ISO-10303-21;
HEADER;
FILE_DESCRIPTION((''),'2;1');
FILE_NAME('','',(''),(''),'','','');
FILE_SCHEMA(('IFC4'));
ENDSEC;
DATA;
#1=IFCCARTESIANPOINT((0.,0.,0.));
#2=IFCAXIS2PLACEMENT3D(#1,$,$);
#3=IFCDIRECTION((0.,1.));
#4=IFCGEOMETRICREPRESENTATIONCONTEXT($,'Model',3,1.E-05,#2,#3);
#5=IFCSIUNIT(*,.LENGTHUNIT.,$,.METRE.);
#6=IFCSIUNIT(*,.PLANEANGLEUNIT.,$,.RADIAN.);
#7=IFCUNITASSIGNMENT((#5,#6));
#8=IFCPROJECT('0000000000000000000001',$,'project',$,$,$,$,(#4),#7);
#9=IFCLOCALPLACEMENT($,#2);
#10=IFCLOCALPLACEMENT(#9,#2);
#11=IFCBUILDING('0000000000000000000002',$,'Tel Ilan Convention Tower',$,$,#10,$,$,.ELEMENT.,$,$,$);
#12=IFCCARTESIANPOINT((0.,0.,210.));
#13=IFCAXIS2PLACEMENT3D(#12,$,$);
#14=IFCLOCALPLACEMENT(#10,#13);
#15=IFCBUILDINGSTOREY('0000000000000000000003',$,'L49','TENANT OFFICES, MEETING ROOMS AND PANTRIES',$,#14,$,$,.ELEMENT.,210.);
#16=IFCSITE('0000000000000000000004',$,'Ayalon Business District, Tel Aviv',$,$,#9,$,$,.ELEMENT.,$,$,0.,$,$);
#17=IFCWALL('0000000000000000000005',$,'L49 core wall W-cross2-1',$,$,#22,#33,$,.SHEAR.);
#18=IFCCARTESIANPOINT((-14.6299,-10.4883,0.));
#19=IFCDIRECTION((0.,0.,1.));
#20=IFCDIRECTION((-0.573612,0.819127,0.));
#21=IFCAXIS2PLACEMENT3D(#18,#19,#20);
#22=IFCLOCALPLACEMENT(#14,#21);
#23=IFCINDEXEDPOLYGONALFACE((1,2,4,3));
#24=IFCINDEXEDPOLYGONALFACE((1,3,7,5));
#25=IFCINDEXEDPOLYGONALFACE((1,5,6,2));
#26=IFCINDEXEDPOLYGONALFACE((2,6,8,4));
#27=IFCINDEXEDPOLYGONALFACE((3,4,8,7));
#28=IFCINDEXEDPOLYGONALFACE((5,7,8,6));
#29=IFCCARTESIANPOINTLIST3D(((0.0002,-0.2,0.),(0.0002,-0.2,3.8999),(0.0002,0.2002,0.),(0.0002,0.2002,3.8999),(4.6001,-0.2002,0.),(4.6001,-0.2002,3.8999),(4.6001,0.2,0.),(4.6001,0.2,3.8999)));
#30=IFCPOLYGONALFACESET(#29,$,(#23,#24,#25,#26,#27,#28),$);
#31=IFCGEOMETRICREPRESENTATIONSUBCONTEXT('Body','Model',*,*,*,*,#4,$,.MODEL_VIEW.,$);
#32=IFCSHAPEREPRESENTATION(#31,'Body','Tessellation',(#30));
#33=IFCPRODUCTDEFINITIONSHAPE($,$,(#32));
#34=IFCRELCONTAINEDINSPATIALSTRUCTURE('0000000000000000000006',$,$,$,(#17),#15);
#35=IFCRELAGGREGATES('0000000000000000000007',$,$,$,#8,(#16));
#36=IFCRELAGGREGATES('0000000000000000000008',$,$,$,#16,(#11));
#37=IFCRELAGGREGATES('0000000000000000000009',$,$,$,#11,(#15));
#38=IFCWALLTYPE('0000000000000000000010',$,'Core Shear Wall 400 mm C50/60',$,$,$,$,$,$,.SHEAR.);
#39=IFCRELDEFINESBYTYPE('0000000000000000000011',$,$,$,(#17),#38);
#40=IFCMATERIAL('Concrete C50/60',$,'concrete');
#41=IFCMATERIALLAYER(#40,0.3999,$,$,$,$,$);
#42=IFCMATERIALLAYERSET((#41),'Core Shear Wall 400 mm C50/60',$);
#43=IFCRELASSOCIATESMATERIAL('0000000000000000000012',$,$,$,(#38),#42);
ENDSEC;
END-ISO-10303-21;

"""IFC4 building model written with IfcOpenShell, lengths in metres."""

from ifc_helpers import new_model, si_unit, direction, frame, origin, place, context, subcontext, project, spatial, polyline, outline, extrude, material, layer, layer_set, type_object, element, save


model = new_model("IFC4")

# Units and contexts
model_context = context("Model", 3, precision=1e-05, world=origin(), true_north=direction((0.0, 1.0)))
body_context = subcontext(model_context, "Body", "Model", "MODEL_VIEW")
ifc_project = project(units=[si_unit("LENGTHUNIT", "METRE"), si_unit("PLANEANGLEUNIT", "RADIAN")], contexts=[model_context])

# Site, building, storey
site_placement = place(None, origin())
site = spatial("IfcSite", under=ifc_project, at=site_placement, Name="Ayalon Business District, Tel Aviv", CompositionType="ELEMENT", RefElevation=0.0)
building_placement = place(site_placement, origin())
building = spatial("IfcBuilding", under=site, at=building_placement, Name="Tel Ilan Convention Tower", CompositionType="ELEMENT")
storey_placement = place(building_placement, frame((0.0, 0.0, 210.0)))
storey = spatial("IfcBuildingStorey", under=building, at=storey_placement, Name="L49", Description="TENANT OFFICES, MEETING ROOMS AND PANTRIES", CompositionType="ELEMENT", Elevation=210.0)

# Wall
ifc_material_1 = material(Name="Concrete C50/60", Category="concrete")
ifc_layer_1 = layer(ifc_material_1, 0.3999)
ifc_layer_set_1 = layer_set([ifc_layer_1], Name="Core Shear Wall 400 mm C50/60")
wall_type_1 = type_object("IfcWallType", Name="Core Shear Wall 400 mm C50/60", PredefinedType="SHEAR", material=ifc_layer_set_1)
wall_1_placement = place(storey_placement, frame((-14.6299, -10.4883, 0.0), z_axis=(0.0, 0.0, 1.0), x_axis=(-0.573612, 0.819127, 0.0)))
element("IfcWall", 1, at=wall_1_placement, inside=storey, type_object=wall_type_1, Name="L49 core wall W-cross2-1", PredefinedType="SHEAR", context=body_context, shape_type="SweptSolid", body=[
    extrude(outline(polyline([(4.6001, 0.2), (0.0002, 0.2002), (0.0002, -0.2), (4.6001, -0.2002), (4.6001, 0.2)])), origin(), (0.0, 0.0, 1.0), 3.8999),
])

save(model, "model.ifc")
